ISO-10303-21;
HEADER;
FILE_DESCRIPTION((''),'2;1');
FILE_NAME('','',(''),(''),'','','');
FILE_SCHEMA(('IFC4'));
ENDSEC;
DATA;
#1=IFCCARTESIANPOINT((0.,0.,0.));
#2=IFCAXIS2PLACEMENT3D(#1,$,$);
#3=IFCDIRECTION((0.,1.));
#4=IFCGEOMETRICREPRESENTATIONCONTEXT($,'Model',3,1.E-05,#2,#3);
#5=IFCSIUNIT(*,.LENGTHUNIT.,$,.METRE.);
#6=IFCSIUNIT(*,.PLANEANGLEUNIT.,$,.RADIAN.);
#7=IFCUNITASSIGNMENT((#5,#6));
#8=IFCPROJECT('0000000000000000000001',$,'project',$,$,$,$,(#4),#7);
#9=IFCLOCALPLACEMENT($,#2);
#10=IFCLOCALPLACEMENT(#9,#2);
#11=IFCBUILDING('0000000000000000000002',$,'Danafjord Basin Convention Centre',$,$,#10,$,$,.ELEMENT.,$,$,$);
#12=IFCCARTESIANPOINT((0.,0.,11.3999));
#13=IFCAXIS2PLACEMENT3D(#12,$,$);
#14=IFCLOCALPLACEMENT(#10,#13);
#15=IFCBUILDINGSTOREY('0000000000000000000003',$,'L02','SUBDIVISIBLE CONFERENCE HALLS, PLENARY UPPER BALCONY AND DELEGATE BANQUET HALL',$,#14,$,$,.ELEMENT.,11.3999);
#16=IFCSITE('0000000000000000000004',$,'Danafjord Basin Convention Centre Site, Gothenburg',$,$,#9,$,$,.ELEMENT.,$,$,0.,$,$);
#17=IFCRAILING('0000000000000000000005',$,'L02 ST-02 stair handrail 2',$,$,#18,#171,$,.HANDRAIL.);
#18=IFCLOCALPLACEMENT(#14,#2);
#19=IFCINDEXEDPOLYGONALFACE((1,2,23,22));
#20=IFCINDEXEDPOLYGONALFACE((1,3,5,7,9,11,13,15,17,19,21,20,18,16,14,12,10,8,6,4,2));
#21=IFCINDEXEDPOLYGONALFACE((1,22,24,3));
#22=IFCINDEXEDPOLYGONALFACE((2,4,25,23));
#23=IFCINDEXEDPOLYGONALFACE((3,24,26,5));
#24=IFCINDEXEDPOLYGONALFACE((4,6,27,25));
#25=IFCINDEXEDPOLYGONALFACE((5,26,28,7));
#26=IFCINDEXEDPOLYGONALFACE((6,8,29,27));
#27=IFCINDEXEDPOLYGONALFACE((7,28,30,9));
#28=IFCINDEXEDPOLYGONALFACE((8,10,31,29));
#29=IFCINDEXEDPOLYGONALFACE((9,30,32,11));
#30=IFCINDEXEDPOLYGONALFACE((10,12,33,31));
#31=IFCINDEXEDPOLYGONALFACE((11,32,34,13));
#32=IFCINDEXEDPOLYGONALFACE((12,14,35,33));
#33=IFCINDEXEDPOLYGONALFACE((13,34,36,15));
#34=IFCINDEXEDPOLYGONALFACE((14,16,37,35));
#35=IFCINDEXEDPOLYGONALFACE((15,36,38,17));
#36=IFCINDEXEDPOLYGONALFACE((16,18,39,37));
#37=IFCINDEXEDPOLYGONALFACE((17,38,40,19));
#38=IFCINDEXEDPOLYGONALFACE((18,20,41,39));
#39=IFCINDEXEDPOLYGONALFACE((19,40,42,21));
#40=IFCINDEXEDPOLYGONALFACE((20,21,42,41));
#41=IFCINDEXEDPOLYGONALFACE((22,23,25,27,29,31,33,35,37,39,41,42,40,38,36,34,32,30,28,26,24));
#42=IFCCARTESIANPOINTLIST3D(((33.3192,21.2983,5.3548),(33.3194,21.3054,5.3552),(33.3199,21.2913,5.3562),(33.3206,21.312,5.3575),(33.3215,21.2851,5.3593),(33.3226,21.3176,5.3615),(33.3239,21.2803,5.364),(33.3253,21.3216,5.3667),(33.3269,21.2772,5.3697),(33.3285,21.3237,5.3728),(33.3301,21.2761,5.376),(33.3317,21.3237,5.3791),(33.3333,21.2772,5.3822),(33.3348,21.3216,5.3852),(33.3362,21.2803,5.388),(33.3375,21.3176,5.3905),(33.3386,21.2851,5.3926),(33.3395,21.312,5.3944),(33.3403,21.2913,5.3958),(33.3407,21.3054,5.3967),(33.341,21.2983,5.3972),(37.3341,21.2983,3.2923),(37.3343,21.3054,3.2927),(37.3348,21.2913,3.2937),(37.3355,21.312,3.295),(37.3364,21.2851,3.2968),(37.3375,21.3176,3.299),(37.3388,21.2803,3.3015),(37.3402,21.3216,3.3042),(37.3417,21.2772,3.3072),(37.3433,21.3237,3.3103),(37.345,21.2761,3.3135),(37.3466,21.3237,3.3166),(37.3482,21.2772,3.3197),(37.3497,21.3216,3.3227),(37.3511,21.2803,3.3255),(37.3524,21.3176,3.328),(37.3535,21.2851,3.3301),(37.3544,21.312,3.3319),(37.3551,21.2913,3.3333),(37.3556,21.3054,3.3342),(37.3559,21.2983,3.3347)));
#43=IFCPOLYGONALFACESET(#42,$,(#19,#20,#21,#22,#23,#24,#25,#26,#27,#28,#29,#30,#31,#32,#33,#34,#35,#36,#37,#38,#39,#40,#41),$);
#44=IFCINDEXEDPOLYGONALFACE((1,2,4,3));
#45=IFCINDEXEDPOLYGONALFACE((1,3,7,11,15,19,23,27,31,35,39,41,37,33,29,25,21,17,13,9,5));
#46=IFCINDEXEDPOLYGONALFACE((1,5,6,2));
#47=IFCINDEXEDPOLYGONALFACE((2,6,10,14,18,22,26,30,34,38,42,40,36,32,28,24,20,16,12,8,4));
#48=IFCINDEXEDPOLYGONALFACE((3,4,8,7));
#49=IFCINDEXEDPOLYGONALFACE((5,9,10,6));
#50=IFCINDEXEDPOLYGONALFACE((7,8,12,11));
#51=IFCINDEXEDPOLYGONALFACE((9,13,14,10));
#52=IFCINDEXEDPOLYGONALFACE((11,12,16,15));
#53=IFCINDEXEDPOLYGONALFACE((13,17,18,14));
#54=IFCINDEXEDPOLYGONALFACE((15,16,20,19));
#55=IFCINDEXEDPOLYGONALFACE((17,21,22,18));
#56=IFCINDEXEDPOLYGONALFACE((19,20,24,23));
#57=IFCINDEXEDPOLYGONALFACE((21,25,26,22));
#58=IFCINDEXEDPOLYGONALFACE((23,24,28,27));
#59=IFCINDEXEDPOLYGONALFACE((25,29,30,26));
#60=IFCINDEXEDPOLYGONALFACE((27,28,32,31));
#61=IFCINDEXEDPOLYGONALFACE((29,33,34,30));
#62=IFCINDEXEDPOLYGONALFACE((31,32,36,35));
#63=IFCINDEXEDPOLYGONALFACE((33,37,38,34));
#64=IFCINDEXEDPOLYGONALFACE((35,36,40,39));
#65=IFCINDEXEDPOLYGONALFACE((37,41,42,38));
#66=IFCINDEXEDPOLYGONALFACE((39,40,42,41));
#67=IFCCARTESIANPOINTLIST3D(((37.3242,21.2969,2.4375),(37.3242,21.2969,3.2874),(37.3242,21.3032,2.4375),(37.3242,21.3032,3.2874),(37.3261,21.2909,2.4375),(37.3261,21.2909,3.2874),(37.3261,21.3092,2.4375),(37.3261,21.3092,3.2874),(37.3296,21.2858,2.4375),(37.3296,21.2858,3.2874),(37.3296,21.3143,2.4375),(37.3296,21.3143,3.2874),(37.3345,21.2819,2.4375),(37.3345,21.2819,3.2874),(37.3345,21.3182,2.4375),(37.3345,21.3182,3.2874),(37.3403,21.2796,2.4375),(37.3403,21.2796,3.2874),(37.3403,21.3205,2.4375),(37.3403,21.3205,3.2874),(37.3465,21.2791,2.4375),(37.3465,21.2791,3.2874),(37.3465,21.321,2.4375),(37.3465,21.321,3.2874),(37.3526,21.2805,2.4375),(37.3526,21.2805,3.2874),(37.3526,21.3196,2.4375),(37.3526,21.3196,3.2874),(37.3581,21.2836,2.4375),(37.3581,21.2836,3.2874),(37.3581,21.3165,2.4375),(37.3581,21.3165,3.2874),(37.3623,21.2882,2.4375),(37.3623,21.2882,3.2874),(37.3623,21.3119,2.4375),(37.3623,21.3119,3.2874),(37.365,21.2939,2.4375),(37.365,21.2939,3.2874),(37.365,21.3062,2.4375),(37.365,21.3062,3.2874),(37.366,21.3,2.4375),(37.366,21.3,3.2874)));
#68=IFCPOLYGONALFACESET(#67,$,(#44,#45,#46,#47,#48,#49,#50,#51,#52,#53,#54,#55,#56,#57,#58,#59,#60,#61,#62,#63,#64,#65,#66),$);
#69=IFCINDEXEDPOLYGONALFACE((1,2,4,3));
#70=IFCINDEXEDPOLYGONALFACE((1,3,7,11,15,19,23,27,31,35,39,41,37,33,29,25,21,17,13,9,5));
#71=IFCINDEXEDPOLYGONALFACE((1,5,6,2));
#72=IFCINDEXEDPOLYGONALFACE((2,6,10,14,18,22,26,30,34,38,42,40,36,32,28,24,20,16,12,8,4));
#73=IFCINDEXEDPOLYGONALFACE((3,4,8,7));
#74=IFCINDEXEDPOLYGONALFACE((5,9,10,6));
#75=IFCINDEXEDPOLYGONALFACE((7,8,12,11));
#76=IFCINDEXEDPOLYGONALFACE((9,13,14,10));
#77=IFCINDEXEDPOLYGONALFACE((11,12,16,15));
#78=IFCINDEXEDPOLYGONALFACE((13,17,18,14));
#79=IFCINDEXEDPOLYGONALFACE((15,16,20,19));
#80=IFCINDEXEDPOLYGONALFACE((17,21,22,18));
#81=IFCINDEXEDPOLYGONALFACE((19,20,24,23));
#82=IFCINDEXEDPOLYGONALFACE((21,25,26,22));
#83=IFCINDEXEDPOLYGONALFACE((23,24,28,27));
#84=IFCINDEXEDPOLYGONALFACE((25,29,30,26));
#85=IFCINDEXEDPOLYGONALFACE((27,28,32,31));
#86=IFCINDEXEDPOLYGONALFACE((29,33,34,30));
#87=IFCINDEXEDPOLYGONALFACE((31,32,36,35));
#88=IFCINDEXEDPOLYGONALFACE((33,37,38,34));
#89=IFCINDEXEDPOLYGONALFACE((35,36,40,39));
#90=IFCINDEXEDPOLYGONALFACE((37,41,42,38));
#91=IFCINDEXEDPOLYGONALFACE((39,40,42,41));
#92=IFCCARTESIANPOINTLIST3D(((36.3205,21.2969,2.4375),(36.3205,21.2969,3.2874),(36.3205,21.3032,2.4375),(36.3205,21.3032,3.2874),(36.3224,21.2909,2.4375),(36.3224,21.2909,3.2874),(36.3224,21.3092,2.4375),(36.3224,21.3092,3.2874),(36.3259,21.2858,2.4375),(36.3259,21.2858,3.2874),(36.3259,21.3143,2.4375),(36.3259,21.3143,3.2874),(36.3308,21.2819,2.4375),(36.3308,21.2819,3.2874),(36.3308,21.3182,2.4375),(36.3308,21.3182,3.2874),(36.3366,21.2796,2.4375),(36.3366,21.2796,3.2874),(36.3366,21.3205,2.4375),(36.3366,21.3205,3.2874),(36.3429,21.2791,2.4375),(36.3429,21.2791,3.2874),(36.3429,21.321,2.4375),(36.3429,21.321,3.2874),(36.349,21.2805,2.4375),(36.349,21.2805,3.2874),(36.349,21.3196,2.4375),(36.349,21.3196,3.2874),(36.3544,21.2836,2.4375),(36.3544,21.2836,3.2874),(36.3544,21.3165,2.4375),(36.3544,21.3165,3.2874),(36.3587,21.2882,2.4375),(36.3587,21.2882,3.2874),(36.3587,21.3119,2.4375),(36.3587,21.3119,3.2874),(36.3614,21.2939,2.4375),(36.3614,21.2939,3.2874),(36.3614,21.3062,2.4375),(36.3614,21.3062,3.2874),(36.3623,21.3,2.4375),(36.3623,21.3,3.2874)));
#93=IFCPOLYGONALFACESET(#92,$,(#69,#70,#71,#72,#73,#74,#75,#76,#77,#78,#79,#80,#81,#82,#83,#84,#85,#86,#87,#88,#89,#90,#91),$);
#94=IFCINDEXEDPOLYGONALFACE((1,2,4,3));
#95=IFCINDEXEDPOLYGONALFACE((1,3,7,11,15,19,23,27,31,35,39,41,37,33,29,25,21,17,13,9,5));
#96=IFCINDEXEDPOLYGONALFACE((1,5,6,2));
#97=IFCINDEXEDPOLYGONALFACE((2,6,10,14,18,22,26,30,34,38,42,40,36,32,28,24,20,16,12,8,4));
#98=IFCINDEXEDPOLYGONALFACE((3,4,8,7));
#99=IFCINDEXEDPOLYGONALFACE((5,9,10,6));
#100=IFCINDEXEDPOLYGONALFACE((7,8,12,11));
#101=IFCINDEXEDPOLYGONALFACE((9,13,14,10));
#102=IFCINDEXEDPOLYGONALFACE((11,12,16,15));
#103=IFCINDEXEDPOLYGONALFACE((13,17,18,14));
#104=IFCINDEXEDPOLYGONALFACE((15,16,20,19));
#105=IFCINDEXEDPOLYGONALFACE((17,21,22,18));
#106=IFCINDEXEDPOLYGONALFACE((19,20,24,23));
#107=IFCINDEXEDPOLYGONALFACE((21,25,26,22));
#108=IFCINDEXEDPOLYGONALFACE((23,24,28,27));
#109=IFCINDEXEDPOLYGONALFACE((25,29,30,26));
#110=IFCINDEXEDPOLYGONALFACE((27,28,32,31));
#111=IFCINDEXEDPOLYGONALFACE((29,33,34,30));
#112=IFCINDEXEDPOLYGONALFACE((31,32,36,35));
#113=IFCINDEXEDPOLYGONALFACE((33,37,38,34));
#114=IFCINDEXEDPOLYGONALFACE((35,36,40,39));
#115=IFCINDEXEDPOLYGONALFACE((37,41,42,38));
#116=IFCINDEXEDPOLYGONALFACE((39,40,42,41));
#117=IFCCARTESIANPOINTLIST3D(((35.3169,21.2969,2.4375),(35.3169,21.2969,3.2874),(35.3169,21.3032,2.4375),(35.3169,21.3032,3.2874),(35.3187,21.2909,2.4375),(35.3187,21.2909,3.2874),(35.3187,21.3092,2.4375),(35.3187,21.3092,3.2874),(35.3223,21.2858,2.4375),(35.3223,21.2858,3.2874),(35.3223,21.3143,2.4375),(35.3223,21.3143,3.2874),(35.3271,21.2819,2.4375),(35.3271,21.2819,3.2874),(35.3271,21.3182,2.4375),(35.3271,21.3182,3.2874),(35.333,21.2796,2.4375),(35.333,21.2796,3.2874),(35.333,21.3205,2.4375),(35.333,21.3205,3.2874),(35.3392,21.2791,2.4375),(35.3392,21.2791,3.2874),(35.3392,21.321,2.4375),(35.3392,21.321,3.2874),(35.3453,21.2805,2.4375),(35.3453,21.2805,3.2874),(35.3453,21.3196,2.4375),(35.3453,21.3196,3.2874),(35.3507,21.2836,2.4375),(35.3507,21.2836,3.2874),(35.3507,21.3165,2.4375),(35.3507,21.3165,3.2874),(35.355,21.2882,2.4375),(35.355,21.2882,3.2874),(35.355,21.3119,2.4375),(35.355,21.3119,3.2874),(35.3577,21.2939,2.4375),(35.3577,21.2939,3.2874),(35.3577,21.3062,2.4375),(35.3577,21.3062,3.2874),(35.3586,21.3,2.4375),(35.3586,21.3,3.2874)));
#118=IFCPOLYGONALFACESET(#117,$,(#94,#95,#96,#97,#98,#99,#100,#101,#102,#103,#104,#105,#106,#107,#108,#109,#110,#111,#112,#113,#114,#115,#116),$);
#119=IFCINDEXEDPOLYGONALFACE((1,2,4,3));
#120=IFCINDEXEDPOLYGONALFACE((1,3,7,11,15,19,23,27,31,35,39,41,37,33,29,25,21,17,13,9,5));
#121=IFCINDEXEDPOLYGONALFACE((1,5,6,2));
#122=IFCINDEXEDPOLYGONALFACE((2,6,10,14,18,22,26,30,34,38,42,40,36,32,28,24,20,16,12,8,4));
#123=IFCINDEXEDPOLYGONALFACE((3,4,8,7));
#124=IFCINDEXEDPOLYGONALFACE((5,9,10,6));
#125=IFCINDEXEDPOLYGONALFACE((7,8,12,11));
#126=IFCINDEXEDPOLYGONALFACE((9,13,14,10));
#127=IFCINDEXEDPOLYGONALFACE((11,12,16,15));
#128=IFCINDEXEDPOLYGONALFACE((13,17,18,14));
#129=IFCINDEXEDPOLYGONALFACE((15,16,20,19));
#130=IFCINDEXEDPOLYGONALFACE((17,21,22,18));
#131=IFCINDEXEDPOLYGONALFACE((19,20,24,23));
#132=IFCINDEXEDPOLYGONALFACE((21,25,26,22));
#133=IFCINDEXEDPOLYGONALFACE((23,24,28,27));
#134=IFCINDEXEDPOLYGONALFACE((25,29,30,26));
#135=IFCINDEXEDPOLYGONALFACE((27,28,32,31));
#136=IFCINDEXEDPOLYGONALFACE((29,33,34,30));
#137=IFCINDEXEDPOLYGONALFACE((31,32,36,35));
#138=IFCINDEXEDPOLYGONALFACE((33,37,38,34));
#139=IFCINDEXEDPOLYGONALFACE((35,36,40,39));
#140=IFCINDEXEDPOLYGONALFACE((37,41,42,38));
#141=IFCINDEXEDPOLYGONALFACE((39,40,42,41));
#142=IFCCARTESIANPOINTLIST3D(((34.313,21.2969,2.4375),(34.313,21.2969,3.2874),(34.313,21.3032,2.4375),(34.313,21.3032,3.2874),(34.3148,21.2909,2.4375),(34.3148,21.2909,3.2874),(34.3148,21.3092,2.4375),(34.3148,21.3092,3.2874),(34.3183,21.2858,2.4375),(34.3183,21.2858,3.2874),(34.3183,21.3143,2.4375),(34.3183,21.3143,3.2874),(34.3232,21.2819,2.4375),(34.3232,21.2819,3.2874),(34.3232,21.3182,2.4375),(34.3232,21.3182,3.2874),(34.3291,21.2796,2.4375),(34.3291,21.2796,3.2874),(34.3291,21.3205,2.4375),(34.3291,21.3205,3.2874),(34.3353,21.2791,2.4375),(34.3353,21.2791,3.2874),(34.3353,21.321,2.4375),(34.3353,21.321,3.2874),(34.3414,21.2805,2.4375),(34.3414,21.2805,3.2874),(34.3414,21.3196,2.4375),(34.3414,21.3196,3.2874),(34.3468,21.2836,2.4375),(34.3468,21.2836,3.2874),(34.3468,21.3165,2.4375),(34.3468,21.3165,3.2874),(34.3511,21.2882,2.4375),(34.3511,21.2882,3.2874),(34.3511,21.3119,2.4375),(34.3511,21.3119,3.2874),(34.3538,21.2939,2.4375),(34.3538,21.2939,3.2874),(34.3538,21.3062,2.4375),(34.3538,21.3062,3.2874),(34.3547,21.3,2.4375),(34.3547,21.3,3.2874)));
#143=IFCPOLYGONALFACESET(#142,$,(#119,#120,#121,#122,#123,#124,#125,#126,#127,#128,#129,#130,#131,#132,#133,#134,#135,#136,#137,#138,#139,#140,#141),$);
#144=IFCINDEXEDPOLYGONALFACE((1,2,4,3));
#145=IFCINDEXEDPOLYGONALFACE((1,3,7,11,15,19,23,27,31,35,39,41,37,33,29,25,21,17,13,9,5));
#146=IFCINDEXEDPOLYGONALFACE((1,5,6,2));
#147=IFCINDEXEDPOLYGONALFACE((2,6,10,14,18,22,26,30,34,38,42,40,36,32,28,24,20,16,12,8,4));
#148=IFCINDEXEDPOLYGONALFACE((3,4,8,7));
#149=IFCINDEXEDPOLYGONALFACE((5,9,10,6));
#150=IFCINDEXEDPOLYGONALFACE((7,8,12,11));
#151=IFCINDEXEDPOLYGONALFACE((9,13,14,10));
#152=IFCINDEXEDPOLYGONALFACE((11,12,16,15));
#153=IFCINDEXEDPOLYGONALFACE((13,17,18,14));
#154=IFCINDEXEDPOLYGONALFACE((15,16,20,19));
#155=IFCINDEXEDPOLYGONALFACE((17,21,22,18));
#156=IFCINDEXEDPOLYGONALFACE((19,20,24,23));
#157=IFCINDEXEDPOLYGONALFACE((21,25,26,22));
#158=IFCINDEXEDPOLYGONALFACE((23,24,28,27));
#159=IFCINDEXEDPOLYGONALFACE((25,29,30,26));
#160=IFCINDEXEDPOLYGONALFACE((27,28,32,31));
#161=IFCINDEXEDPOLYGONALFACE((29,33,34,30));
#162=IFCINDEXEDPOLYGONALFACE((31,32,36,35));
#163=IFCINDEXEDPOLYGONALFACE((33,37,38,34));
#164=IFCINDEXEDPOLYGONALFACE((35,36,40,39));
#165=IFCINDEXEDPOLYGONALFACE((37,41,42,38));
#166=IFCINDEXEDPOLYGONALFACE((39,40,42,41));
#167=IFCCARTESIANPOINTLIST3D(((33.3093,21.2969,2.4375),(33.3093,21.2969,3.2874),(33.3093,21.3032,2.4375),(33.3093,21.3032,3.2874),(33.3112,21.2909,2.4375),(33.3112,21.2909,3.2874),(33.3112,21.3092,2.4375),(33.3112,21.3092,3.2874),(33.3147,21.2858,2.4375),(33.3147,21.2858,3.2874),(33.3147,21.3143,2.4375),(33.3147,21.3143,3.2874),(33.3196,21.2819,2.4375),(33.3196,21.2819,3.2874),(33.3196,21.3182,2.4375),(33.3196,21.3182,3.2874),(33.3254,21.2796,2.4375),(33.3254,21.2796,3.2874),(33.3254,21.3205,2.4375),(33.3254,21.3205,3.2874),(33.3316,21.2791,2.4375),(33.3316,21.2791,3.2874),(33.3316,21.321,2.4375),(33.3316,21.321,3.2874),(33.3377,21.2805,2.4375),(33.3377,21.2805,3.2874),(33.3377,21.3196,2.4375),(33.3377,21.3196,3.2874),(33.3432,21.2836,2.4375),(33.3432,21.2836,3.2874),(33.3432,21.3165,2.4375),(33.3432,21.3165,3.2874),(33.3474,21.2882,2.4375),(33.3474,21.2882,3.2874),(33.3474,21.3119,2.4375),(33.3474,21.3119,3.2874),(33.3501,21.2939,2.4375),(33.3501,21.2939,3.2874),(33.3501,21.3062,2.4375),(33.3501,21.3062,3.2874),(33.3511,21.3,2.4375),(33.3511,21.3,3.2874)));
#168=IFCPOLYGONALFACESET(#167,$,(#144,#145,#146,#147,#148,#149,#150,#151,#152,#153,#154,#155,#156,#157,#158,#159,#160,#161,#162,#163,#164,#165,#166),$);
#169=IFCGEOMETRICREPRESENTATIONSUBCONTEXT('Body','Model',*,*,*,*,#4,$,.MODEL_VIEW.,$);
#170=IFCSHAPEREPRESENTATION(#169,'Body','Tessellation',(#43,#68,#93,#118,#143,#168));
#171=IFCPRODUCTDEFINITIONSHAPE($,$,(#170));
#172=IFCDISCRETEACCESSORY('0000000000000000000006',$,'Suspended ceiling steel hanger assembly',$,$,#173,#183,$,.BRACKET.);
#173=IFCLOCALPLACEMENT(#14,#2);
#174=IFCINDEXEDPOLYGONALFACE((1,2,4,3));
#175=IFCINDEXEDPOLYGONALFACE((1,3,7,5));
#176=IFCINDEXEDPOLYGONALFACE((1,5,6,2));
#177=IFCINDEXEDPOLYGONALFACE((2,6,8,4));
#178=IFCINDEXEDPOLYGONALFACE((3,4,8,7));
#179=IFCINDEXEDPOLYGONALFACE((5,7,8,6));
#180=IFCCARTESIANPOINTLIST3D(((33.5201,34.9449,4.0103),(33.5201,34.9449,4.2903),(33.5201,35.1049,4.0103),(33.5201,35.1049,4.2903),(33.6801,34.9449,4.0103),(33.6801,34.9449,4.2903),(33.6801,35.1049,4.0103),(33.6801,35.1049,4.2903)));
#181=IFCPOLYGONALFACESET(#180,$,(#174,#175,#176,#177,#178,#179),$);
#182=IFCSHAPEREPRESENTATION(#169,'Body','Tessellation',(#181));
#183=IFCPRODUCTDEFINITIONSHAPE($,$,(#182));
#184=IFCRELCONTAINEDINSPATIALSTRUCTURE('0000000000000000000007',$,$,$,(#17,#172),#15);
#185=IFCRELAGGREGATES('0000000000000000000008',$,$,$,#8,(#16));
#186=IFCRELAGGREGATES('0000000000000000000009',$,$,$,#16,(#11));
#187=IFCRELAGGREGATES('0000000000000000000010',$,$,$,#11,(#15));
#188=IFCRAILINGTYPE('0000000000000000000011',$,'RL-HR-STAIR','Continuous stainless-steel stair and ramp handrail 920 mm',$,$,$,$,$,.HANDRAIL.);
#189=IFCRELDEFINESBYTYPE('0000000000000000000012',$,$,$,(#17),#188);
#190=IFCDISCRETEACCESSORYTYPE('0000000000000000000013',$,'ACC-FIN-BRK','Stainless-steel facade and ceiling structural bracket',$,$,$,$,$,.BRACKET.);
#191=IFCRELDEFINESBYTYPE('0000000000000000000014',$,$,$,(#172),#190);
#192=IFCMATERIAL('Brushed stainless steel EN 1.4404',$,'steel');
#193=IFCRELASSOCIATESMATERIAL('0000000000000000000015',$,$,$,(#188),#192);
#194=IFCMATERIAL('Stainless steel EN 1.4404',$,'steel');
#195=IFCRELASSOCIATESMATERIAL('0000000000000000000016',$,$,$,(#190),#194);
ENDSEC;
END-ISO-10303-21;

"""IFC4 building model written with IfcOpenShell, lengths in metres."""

from ifc_helpers import new_model, si_unit, direction, frame, origin, origin_2d, place, context, subcontext, project, spatial, rectangle, circle, extrude, material, type_object, element, save


model = new_model("IFC4")

# Units and contexts
model_context = context("Model", 3, precision=1e-05, world=origin(), true_north=direction((0.0, 1.0)))
body_context = subcontext(model_context, "Body", "Model", "MODEL_VIEW")
ifc_project = project(units=[si_unit("LENGTHUNIT", "METRE"), si_unit("PLANEANGLEUNIT", "RADIAN")], contexts=[model_context])

# Site, building, storey
site_placement = place(None, origin())
site = spatial("IfcSite", under=ifc_project, at=site_placement, Name="Danafjord Basin Convention Centre Site, Gothenburg", CompositionType="ELEMENT", RefElevation=0.0)
building_placement = place(site_placement, origin())
building = spatial("IfcBuilding", under=site, at=building_placement, Name="Danafjord Basin Convention Centre", CompositionType="ELEMENT")
storey_placement = place(building_placement, frame((0.0, 0.0, 11.3999)))
storey = spatial("IfcBuildingStorey", under=building, at=storey_placement, Name="L02", Description="SUBDIVISIBLE CONFERENCE HALLS, PLENARY UPPER BALCONY AND DELEGATE BANQUET HALL", CompositionType="ELEMENT", Elevation=11.3999)

# Railing
ifc_material_1 = material(Name="Brushed stainless steel EN 1.4404", Category="steel")
railing_type_1 = type_object("IfcRailingType", Name="RL-HR-STAIR", Description="Continuous stainless-steel stair and ramp handrail 920 mm", PredefinedType="HANDRAIL", material=ifc_material_1)
railing_1_placement = place(storey_placement, frame((37.345, 21.3, 2.4375)))
element("IfcRailing", 1, at=railing_1_placement, inside=storey, type_object=railing_type_1, Name="L02 ST-02 stair handrail 2", PredefinedType="HANDRAIL", context=body_context, shape_type="SweptSolid", body=[
    extrude(circle(Radius=0.0239, at=origin_2d()), frame((0.0, 0.0, 0.876), z_axis=(-0.889495, 0.0, 0.456945), x_axis=(0.0, -1.0, 0.0)), (0.0, 0.0, 1.0), 4.5137),
    extrude(circle(Radius=0.021, at=origin_2d()), origin(), (0.0, 0.0, 1.0), 0.8499),
    extrude(circle(Radius=0.021, at=origin_2d()), frame((-1.0037, 0.0, 0.0)), (0.0, 0.0, 1.0), 0.8499),
    extrude(circle(Radius=0.021, at=origin_2d()), frame((-2.0073, 0.0, 0.0)), (0.0, 0.0, 1.0), 0.8499),
    extrude(circle(Radius=0.021, at=origin_2d()), frame((-3.0112, 0.0, 0.0)), (0.0, 0.0, 1.0), 0.8499),
    extrude(circle(Radius=0.021, at=origin_2d()), frame((-4.0149, 0.0, 0.0)), (0.0, 0.0, 1.0), 0.8499),
])

# Discrete accessory
ifc_material_2 = material(Name="Stainless steel EN 1.4404", Category="steel")
discrete_accessory_type = type_object("IfcDiscreteAccessoryType", Name="ACC-FIN-BRK", Description="Stainless-steel facade and ceiling structural bracket", PredefinedType="BRACKET", material=ifc_material_2)
discrete_accessory_placement = place(storey_placement, frame((33.6001, 35.0249, 4.0103), z_axis=(0.0, 0.0, 1.0), x_axis=(1.0, 0.0, 0.0)))
element("IfcDiscreteAccessory", 2, at=discrete_accessory_placement, inside=storey, type_object=discrete_accessory_type, Name="Suspended ceiling steel hanger assembly", PredefinedType="BRACKET", context=body_context, shape_type="SweptSolid", body=[
    extrude(rectangle(XDim=0.1599, YDim=0.1599, at=origin_2d()), origin(), (0.0, 0.0, 1.0), 0.28),
])

save(model, "model.ifc")
